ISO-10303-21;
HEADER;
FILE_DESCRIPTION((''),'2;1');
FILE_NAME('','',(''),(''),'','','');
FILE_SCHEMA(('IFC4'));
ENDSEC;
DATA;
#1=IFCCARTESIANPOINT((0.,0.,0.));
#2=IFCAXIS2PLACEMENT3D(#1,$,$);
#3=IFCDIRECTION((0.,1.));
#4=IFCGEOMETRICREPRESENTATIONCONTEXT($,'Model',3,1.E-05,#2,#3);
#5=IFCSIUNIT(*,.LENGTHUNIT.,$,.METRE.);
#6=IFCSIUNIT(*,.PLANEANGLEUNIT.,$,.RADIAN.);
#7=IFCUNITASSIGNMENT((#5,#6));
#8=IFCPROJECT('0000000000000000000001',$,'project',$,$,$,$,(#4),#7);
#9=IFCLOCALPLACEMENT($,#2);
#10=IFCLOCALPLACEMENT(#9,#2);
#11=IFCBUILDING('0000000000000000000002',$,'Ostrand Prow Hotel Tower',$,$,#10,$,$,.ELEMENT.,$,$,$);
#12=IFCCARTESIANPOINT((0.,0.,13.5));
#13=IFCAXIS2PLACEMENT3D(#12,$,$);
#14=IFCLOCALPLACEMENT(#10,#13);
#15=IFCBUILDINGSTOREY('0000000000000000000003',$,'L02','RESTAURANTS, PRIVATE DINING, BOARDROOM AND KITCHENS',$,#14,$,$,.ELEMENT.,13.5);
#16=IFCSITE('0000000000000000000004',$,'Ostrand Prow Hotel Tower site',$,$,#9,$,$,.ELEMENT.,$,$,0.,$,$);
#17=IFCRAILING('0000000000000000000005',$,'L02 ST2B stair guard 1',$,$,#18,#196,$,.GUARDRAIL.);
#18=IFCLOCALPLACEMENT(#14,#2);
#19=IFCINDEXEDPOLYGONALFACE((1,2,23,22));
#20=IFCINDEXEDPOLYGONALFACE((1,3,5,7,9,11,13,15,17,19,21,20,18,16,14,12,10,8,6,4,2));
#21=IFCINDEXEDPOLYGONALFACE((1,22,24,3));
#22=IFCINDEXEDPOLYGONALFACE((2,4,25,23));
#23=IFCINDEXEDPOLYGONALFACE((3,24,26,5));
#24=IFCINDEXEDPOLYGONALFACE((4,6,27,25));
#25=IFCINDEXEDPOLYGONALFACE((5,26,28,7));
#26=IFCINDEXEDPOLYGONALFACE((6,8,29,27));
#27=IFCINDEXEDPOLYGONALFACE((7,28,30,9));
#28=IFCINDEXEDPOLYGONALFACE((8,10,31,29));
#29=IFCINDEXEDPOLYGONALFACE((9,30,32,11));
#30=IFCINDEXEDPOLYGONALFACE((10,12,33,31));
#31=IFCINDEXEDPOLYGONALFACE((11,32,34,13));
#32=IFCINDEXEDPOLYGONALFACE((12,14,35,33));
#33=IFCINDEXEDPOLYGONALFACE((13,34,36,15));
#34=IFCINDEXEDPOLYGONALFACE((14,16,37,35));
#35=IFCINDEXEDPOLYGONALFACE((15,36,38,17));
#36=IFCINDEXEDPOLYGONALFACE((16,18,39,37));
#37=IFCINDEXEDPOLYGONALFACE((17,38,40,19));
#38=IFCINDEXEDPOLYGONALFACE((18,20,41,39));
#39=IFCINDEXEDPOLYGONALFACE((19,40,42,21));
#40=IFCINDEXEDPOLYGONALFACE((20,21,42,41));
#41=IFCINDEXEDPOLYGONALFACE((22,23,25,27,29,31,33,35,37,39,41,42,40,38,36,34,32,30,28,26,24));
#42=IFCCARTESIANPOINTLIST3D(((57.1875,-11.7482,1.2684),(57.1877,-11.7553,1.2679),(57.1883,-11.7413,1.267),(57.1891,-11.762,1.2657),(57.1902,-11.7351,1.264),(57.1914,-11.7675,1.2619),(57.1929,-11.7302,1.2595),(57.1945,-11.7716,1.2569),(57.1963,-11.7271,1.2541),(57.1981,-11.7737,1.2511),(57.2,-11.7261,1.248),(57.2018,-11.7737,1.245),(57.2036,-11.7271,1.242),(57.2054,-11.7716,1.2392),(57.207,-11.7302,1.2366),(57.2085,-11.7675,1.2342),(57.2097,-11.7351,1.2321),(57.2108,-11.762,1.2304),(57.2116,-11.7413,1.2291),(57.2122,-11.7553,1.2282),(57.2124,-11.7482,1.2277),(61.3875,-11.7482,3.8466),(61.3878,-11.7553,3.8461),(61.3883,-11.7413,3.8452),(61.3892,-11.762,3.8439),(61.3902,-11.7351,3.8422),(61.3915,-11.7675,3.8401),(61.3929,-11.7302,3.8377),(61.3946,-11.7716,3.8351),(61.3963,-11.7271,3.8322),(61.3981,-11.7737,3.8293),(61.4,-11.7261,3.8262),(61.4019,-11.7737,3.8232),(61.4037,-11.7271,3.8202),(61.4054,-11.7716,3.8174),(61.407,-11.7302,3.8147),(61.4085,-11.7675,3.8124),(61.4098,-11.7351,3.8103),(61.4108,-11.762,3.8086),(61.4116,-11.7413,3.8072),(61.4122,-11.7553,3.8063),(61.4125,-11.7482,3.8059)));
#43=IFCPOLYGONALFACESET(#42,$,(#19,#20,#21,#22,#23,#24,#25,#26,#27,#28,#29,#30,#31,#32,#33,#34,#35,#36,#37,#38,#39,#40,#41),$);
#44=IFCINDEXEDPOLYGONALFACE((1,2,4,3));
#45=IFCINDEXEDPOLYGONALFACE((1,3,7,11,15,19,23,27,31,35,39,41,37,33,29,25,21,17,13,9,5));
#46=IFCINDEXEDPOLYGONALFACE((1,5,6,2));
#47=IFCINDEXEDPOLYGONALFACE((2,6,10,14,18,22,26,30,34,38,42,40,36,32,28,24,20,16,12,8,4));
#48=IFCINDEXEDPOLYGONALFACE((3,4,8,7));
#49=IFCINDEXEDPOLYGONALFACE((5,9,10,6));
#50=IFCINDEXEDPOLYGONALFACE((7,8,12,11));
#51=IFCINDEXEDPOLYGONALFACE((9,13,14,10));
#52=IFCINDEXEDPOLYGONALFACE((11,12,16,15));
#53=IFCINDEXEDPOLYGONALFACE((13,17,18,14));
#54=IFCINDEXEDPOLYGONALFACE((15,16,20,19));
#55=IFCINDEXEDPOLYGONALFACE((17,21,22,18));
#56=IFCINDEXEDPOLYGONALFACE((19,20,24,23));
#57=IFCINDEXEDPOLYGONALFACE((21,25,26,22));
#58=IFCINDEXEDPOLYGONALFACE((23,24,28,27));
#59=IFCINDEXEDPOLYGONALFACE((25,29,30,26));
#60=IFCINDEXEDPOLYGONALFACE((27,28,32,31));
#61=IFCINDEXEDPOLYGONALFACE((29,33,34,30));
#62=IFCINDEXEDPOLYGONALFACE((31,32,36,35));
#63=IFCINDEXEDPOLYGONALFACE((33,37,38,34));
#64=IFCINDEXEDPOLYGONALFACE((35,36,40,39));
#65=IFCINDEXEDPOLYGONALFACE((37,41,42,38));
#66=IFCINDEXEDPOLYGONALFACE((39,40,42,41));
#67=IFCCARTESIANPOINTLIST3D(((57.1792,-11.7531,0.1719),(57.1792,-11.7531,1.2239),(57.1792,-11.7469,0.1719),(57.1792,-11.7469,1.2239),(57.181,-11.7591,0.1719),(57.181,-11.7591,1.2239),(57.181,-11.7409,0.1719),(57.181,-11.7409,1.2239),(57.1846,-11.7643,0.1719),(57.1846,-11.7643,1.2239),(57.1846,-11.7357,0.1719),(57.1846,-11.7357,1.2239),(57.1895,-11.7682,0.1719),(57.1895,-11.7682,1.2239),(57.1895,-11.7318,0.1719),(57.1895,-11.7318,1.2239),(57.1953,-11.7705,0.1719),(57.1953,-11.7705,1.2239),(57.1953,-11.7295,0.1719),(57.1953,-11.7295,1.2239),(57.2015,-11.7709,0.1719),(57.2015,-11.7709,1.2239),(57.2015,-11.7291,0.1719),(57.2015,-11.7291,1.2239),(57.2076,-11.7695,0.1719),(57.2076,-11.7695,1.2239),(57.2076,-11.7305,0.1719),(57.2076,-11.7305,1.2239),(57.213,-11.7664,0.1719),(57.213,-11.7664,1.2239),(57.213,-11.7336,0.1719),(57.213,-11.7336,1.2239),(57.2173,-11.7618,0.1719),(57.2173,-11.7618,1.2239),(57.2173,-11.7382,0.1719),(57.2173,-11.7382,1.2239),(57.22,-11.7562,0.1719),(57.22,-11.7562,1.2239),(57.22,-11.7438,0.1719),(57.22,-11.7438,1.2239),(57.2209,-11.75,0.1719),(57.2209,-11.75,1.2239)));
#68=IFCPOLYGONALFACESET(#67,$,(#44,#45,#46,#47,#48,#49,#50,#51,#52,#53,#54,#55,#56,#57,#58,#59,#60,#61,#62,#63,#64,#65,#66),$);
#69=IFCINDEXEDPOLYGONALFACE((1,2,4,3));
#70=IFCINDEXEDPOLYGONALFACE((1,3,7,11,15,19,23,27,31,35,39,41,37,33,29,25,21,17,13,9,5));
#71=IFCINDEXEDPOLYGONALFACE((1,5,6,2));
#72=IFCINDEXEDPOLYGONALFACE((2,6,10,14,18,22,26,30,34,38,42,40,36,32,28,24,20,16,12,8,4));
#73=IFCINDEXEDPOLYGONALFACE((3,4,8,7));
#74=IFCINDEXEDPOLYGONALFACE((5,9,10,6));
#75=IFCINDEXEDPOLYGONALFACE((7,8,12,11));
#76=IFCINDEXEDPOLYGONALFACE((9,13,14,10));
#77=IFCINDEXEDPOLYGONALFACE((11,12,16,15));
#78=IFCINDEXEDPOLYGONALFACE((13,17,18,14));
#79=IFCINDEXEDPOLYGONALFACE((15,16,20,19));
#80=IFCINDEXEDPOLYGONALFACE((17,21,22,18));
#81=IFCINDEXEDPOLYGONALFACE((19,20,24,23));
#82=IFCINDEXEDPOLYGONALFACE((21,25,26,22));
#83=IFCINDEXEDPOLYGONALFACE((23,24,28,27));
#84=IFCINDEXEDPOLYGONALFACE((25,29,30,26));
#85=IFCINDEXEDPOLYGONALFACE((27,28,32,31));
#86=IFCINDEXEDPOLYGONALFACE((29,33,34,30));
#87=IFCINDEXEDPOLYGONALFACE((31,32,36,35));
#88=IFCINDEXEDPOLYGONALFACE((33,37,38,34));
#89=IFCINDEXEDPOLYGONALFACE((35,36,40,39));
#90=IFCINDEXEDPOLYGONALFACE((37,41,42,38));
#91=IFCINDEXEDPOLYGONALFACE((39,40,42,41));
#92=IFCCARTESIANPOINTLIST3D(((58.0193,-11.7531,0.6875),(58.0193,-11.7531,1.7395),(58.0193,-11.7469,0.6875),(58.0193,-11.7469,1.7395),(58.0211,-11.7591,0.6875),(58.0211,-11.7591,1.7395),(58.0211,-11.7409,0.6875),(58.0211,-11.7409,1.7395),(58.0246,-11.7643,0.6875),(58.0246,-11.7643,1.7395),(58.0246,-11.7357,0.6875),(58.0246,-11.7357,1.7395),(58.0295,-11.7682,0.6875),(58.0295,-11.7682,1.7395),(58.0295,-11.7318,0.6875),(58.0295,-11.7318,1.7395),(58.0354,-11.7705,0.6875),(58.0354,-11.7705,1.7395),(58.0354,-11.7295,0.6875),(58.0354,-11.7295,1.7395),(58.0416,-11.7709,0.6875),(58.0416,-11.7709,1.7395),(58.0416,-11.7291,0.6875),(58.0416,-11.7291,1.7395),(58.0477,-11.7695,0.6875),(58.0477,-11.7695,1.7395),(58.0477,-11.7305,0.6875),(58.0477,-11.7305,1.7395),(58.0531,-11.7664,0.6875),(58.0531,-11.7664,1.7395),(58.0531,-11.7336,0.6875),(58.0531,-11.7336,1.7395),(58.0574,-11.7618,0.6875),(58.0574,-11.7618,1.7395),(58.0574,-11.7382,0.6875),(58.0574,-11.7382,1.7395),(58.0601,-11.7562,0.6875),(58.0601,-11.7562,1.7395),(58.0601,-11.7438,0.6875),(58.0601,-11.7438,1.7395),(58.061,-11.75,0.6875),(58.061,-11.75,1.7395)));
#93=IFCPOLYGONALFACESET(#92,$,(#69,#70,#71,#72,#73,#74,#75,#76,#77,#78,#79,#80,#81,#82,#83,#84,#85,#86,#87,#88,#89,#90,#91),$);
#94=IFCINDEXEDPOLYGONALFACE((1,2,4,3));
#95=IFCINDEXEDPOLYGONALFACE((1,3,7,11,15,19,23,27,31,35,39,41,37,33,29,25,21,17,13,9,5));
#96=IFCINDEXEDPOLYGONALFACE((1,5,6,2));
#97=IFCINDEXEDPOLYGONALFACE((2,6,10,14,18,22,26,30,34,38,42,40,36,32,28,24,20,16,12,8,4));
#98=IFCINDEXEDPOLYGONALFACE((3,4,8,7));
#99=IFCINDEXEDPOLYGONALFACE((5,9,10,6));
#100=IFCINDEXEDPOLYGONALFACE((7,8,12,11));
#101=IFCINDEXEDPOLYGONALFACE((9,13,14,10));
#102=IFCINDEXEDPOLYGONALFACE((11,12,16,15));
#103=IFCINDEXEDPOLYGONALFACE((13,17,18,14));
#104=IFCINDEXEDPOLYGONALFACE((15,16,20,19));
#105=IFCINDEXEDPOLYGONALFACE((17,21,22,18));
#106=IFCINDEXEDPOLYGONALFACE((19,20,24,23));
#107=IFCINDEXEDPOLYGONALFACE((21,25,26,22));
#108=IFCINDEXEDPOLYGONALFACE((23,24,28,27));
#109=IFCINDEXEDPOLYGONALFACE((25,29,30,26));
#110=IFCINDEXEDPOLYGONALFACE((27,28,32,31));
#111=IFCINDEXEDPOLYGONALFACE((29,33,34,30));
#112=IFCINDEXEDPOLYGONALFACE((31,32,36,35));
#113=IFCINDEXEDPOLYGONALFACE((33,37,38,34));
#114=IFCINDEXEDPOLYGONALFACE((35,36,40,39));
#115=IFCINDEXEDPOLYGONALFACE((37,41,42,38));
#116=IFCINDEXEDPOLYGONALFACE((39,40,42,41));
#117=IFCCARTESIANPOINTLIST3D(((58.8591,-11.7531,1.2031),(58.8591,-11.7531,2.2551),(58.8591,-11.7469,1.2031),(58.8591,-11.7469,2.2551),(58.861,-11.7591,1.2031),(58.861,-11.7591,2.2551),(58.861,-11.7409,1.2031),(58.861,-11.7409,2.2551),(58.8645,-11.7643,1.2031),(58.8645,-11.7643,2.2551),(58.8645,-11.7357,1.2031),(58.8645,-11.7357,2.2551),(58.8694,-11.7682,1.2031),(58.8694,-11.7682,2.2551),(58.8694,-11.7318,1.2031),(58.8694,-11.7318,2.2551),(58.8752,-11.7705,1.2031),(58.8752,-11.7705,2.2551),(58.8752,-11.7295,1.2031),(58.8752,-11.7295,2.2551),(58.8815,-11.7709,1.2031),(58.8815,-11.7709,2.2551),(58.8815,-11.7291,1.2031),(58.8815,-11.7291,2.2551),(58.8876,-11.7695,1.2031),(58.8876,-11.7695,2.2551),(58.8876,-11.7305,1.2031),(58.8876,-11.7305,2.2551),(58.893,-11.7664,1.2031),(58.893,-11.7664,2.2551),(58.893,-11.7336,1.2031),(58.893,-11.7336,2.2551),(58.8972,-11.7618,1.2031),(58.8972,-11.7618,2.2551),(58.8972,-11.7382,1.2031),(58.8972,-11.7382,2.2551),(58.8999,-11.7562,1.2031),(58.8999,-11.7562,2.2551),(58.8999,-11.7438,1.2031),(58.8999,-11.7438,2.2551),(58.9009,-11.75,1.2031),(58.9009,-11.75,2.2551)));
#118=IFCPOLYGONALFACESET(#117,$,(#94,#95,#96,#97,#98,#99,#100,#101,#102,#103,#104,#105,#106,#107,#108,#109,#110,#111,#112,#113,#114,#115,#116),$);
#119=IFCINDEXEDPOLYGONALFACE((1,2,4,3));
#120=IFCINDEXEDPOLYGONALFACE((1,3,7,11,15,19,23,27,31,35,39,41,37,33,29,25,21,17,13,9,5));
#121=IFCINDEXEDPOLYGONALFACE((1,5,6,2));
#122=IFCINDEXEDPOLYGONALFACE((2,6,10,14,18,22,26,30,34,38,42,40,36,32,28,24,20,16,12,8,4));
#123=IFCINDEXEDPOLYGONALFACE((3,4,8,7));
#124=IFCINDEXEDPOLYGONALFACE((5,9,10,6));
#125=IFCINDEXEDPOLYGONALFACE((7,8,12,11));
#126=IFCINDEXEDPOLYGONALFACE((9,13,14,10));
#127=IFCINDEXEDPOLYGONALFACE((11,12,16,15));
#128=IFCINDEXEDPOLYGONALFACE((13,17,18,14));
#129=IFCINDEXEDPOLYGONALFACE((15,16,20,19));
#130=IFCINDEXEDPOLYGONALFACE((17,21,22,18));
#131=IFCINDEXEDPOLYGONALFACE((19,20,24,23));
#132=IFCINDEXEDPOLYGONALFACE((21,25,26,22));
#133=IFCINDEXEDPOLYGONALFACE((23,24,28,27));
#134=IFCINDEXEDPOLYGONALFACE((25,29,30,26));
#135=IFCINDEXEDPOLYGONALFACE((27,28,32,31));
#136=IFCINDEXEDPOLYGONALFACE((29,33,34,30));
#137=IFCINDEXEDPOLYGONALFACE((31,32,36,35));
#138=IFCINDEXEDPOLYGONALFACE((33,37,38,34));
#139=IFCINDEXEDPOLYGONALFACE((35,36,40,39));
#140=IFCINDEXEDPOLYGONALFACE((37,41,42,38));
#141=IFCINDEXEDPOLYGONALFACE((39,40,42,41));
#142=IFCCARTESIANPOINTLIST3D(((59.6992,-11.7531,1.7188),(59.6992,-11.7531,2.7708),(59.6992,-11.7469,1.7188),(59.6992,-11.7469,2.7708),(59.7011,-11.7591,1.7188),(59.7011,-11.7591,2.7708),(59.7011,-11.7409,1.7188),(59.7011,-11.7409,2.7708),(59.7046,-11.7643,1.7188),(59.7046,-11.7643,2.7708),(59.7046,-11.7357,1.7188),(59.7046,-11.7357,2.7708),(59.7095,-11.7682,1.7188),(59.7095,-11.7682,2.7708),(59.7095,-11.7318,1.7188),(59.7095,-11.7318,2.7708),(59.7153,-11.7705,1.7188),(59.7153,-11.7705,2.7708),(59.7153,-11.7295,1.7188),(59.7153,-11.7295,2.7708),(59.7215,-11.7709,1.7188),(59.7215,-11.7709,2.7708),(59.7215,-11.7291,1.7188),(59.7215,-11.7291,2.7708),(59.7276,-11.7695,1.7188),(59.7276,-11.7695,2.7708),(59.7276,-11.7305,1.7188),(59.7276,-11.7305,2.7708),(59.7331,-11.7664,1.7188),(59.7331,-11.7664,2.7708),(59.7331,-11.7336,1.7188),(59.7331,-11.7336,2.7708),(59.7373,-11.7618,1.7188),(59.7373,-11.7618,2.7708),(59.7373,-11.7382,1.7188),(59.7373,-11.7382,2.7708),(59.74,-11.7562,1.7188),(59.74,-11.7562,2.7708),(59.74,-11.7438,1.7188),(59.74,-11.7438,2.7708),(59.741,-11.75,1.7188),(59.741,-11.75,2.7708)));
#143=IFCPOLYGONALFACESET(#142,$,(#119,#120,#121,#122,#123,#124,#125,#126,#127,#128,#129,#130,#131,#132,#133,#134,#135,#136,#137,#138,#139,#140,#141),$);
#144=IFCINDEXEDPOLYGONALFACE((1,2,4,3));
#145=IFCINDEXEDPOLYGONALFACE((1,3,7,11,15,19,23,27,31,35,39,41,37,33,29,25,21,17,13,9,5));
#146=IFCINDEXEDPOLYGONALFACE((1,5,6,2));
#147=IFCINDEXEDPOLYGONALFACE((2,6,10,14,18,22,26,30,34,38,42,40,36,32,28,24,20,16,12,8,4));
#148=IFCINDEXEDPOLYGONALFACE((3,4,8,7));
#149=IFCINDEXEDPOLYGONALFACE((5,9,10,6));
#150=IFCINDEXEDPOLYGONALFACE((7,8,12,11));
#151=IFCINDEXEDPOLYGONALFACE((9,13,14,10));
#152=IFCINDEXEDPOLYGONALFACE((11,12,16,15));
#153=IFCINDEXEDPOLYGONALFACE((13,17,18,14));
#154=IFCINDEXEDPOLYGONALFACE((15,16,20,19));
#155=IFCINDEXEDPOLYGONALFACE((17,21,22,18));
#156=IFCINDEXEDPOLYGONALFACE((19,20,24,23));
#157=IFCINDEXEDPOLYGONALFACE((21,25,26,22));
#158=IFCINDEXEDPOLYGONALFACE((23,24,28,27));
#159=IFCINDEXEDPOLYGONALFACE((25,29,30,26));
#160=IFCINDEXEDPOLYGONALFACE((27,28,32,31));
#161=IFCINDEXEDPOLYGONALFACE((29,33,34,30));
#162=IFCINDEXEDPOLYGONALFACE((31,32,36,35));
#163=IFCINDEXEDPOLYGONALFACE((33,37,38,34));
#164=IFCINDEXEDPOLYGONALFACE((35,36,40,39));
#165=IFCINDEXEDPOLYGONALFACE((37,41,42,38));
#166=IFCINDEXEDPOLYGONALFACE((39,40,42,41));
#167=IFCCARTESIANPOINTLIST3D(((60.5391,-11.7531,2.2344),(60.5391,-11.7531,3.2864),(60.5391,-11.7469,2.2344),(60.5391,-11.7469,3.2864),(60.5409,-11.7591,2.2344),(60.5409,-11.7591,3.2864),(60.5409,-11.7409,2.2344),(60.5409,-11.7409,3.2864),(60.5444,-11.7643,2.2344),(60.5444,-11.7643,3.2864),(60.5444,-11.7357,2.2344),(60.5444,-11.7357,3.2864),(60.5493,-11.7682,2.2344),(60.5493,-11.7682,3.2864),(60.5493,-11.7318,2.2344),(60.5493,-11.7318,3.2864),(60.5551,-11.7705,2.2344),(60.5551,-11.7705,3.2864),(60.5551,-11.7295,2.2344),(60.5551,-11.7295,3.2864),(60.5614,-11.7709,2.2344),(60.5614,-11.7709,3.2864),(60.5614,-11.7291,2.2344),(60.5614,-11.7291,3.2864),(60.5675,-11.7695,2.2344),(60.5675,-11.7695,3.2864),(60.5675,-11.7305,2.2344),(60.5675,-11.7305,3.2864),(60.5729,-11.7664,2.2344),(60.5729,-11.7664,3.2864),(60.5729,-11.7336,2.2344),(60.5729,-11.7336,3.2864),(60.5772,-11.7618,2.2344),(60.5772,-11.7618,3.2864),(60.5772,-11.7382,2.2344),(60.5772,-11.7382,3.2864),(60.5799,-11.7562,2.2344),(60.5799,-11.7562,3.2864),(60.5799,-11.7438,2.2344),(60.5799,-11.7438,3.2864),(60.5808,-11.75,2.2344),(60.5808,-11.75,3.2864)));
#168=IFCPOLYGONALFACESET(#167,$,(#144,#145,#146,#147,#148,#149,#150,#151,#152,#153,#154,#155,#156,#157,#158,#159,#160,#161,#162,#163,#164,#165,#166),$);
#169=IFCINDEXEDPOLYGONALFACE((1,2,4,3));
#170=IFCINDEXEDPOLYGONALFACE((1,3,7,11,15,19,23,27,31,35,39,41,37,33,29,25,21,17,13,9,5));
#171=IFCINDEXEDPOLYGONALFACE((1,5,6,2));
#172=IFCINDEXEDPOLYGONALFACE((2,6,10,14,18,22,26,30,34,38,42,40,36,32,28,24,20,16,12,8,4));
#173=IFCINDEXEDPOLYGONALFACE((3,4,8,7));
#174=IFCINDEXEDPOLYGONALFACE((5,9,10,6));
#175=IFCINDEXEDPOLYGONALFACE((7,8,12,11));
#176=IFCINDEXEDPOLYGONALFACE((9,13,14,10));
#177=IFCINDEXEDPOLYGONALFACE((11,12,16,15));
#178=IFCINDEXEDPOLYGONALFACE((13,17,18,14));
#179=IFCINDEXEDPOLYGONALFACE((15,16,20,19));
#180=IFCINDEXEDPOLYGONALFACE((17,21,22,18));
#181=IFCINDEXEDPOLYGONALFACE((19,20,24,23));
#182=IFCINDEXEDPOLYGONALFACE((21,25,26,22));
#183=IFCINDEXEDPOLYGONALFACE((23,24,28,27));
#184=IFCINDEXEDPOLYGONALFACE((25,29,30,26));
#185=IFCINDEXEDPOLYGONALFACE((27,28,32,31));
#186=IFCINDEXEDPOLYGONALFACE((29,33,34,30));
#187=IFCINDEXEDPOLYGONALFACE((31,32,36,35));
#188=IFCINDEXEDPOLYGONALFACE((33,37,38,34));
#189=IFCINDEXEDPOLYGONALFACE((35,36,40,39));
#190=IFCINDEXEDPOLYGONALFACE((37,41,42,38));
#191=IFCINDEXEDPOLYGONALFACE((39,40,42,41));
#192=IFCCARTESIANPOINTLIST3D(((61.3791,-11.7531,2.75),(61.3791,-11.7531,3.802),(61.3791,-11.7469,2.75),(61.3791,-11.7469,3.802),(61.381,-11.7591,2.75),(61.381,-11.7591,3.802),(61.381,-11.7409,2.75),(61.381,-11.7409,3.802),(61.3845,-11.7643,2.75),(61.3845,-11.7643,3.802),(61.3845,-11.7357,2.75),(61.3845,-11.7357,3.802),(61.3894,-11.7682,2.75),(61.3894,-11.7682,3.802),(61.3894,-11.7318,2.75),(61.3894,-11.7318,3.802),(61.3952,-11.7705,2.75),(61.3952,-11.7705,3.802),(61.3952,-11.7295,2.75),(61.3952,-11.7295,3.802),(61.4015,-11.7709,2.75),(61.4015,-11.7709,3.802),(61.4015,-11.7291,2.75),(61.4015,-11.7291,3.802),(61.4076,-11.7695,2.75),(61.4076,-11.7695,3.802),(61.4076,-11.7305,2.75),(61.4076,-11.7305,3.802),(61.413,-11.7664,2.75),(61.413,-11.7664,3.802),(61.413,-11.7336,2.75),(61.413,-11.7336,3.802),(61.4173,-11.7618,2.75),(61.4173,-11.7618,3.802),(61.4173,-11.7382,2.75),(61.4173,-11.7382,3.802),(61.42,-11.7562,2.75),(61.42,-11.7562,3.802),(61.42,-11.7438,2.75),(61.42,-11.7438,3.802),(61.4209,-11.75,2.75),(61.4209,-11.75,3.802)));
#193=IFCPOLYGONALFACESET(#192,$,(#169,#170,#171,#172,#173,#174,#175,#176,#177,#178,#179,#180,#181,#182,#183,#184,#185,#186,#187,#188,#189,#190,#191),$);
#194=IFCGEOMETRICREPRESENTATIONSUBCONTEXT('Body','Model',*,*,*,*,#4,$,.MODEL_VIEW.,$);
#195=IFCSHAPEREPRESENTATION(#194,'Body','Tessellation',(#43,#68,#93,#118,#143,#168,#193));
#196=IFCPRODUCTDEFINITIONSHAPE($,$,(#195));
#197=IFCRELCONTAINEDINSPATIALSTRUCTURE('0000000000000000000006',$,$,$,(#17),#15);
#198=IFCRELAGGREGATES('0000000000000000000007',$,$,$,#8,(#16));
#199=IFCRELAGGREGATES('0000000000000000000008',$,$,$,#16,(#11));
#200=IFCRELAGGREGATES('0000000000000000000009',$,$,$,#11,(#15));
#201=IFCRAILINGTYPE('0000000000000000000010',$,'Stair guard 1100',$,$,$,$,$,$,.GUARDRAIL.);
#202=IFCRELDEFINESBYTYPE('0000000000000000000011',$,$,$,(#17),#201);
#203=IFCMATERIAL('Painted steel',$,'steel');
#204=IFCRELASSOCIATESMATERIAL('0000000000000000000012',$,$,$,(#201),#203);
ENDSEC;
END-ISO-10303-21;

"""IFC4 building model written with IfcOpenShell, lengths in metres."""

from ifc_helpers import new_model, si_unit, direction, frame, origin, origin_2d, place, context, subcontext, project, spatial, circle, extrude, material, type_object, element, save


model = new_model("IFC4")

# Units and contexts
model_context = context("Model", 3, precision=1e-05, world=origin(), true_north=direction((0.0, 1.0)))
body_context = subcontext(model_context, "Body", "Model", "MODEL_VIEW")
ifc_project = project(units=[si_unit("LENGTHUNIT", "METRE"), si_unit("PLANEANGLEUNIT", "RADIAN")], contexts=[model_context])

# Site, building, storey
site_placement = place(None, origin())
site = spatial("IfcSite", under=ifc_project, at=site_placement, Name="Ostrand Prow Hotel Tower site", CompositionType="ELEMENT", RefElevation=0.0)
building_placement = place(site_placement, origin())
building = spatial("IfcBuilding", under=site, at=building_placement, Name="Ostrand Prow Hotel Tower", CompositionType="ELEMENT")
storey_placement = place(building_placement, frame((0.0, 0.0, 13.5)))
storey = spatial("IfcBuildingStorey", under=building, at=storey_placement, Name="L02", Description="RESTAURANTS, PRIVATE DINING, BOARDROOM AND KITCHENS", CompositionType="ELEMENT", Elevation=13.5)

# Railing
ifc_material_1 = material(Name="Painted steel", Category="steel")
railing_type_1 = type_object("IfcRailingType", Name="Stair guard 1100", PredefinedType="GUARDRAIL", material=ifc_material_1)
railing_1_placement = place(storey_placement, frame((57.2, -11.75, 0.1719)))
element("IfcRailing", 1, at=railing_1_placement, inside=storey, type_object=railing_type_1, Name="L02 ST2B stair guard 1", PredefinedType="GUARDRAIL", context=body_context, shape_type="SweptSolid", body=[
    extrude(circle(Radius=0.0239, at=origin_2d()), frame((0.0, 0.0, 1.0762), z_axis=(0.852243, 0.0, 0.523146), x_axis=(0.0, 1.0, 0.0)), (0.0, 0.0, 1.0), 4.9282),
    extrude(circle(Radius=0.021, at=origin_2d()), origin(), (0.0, 0.0, 1.0), 1.052),
    extrude(circle(Radius=0.021, at=origin_2d()), frame((0.8401, 0.0, 0.5156)), (0.0, 0.0, 1.0), 1.052),
    extrude(circle(Radius=0.021, at=origin_2d()), frame((1.6799, 0.0, 1.0312)), (0.0, 0.0, 1.0), 1.052),
    extrude(circle(Radius=0.021, at=origin_2d()), frame((2.52, 0.0, 1.5469)), (0.0, 0.0, 1.0), 1.052),
    extrude(circle(Radius=0.021, at=origin_2d()), frame((3.3599, 0.0, 2.0625)), (0.0, 0.0, 1.0), 1.052),
    extrude(circle(Radius=0.021, at=origin_2d()), frame((4.2, 0.0, 2.5781)), (0.0, 0.0, 1.0), 1.052),
])

save(model, "model.ifc")
